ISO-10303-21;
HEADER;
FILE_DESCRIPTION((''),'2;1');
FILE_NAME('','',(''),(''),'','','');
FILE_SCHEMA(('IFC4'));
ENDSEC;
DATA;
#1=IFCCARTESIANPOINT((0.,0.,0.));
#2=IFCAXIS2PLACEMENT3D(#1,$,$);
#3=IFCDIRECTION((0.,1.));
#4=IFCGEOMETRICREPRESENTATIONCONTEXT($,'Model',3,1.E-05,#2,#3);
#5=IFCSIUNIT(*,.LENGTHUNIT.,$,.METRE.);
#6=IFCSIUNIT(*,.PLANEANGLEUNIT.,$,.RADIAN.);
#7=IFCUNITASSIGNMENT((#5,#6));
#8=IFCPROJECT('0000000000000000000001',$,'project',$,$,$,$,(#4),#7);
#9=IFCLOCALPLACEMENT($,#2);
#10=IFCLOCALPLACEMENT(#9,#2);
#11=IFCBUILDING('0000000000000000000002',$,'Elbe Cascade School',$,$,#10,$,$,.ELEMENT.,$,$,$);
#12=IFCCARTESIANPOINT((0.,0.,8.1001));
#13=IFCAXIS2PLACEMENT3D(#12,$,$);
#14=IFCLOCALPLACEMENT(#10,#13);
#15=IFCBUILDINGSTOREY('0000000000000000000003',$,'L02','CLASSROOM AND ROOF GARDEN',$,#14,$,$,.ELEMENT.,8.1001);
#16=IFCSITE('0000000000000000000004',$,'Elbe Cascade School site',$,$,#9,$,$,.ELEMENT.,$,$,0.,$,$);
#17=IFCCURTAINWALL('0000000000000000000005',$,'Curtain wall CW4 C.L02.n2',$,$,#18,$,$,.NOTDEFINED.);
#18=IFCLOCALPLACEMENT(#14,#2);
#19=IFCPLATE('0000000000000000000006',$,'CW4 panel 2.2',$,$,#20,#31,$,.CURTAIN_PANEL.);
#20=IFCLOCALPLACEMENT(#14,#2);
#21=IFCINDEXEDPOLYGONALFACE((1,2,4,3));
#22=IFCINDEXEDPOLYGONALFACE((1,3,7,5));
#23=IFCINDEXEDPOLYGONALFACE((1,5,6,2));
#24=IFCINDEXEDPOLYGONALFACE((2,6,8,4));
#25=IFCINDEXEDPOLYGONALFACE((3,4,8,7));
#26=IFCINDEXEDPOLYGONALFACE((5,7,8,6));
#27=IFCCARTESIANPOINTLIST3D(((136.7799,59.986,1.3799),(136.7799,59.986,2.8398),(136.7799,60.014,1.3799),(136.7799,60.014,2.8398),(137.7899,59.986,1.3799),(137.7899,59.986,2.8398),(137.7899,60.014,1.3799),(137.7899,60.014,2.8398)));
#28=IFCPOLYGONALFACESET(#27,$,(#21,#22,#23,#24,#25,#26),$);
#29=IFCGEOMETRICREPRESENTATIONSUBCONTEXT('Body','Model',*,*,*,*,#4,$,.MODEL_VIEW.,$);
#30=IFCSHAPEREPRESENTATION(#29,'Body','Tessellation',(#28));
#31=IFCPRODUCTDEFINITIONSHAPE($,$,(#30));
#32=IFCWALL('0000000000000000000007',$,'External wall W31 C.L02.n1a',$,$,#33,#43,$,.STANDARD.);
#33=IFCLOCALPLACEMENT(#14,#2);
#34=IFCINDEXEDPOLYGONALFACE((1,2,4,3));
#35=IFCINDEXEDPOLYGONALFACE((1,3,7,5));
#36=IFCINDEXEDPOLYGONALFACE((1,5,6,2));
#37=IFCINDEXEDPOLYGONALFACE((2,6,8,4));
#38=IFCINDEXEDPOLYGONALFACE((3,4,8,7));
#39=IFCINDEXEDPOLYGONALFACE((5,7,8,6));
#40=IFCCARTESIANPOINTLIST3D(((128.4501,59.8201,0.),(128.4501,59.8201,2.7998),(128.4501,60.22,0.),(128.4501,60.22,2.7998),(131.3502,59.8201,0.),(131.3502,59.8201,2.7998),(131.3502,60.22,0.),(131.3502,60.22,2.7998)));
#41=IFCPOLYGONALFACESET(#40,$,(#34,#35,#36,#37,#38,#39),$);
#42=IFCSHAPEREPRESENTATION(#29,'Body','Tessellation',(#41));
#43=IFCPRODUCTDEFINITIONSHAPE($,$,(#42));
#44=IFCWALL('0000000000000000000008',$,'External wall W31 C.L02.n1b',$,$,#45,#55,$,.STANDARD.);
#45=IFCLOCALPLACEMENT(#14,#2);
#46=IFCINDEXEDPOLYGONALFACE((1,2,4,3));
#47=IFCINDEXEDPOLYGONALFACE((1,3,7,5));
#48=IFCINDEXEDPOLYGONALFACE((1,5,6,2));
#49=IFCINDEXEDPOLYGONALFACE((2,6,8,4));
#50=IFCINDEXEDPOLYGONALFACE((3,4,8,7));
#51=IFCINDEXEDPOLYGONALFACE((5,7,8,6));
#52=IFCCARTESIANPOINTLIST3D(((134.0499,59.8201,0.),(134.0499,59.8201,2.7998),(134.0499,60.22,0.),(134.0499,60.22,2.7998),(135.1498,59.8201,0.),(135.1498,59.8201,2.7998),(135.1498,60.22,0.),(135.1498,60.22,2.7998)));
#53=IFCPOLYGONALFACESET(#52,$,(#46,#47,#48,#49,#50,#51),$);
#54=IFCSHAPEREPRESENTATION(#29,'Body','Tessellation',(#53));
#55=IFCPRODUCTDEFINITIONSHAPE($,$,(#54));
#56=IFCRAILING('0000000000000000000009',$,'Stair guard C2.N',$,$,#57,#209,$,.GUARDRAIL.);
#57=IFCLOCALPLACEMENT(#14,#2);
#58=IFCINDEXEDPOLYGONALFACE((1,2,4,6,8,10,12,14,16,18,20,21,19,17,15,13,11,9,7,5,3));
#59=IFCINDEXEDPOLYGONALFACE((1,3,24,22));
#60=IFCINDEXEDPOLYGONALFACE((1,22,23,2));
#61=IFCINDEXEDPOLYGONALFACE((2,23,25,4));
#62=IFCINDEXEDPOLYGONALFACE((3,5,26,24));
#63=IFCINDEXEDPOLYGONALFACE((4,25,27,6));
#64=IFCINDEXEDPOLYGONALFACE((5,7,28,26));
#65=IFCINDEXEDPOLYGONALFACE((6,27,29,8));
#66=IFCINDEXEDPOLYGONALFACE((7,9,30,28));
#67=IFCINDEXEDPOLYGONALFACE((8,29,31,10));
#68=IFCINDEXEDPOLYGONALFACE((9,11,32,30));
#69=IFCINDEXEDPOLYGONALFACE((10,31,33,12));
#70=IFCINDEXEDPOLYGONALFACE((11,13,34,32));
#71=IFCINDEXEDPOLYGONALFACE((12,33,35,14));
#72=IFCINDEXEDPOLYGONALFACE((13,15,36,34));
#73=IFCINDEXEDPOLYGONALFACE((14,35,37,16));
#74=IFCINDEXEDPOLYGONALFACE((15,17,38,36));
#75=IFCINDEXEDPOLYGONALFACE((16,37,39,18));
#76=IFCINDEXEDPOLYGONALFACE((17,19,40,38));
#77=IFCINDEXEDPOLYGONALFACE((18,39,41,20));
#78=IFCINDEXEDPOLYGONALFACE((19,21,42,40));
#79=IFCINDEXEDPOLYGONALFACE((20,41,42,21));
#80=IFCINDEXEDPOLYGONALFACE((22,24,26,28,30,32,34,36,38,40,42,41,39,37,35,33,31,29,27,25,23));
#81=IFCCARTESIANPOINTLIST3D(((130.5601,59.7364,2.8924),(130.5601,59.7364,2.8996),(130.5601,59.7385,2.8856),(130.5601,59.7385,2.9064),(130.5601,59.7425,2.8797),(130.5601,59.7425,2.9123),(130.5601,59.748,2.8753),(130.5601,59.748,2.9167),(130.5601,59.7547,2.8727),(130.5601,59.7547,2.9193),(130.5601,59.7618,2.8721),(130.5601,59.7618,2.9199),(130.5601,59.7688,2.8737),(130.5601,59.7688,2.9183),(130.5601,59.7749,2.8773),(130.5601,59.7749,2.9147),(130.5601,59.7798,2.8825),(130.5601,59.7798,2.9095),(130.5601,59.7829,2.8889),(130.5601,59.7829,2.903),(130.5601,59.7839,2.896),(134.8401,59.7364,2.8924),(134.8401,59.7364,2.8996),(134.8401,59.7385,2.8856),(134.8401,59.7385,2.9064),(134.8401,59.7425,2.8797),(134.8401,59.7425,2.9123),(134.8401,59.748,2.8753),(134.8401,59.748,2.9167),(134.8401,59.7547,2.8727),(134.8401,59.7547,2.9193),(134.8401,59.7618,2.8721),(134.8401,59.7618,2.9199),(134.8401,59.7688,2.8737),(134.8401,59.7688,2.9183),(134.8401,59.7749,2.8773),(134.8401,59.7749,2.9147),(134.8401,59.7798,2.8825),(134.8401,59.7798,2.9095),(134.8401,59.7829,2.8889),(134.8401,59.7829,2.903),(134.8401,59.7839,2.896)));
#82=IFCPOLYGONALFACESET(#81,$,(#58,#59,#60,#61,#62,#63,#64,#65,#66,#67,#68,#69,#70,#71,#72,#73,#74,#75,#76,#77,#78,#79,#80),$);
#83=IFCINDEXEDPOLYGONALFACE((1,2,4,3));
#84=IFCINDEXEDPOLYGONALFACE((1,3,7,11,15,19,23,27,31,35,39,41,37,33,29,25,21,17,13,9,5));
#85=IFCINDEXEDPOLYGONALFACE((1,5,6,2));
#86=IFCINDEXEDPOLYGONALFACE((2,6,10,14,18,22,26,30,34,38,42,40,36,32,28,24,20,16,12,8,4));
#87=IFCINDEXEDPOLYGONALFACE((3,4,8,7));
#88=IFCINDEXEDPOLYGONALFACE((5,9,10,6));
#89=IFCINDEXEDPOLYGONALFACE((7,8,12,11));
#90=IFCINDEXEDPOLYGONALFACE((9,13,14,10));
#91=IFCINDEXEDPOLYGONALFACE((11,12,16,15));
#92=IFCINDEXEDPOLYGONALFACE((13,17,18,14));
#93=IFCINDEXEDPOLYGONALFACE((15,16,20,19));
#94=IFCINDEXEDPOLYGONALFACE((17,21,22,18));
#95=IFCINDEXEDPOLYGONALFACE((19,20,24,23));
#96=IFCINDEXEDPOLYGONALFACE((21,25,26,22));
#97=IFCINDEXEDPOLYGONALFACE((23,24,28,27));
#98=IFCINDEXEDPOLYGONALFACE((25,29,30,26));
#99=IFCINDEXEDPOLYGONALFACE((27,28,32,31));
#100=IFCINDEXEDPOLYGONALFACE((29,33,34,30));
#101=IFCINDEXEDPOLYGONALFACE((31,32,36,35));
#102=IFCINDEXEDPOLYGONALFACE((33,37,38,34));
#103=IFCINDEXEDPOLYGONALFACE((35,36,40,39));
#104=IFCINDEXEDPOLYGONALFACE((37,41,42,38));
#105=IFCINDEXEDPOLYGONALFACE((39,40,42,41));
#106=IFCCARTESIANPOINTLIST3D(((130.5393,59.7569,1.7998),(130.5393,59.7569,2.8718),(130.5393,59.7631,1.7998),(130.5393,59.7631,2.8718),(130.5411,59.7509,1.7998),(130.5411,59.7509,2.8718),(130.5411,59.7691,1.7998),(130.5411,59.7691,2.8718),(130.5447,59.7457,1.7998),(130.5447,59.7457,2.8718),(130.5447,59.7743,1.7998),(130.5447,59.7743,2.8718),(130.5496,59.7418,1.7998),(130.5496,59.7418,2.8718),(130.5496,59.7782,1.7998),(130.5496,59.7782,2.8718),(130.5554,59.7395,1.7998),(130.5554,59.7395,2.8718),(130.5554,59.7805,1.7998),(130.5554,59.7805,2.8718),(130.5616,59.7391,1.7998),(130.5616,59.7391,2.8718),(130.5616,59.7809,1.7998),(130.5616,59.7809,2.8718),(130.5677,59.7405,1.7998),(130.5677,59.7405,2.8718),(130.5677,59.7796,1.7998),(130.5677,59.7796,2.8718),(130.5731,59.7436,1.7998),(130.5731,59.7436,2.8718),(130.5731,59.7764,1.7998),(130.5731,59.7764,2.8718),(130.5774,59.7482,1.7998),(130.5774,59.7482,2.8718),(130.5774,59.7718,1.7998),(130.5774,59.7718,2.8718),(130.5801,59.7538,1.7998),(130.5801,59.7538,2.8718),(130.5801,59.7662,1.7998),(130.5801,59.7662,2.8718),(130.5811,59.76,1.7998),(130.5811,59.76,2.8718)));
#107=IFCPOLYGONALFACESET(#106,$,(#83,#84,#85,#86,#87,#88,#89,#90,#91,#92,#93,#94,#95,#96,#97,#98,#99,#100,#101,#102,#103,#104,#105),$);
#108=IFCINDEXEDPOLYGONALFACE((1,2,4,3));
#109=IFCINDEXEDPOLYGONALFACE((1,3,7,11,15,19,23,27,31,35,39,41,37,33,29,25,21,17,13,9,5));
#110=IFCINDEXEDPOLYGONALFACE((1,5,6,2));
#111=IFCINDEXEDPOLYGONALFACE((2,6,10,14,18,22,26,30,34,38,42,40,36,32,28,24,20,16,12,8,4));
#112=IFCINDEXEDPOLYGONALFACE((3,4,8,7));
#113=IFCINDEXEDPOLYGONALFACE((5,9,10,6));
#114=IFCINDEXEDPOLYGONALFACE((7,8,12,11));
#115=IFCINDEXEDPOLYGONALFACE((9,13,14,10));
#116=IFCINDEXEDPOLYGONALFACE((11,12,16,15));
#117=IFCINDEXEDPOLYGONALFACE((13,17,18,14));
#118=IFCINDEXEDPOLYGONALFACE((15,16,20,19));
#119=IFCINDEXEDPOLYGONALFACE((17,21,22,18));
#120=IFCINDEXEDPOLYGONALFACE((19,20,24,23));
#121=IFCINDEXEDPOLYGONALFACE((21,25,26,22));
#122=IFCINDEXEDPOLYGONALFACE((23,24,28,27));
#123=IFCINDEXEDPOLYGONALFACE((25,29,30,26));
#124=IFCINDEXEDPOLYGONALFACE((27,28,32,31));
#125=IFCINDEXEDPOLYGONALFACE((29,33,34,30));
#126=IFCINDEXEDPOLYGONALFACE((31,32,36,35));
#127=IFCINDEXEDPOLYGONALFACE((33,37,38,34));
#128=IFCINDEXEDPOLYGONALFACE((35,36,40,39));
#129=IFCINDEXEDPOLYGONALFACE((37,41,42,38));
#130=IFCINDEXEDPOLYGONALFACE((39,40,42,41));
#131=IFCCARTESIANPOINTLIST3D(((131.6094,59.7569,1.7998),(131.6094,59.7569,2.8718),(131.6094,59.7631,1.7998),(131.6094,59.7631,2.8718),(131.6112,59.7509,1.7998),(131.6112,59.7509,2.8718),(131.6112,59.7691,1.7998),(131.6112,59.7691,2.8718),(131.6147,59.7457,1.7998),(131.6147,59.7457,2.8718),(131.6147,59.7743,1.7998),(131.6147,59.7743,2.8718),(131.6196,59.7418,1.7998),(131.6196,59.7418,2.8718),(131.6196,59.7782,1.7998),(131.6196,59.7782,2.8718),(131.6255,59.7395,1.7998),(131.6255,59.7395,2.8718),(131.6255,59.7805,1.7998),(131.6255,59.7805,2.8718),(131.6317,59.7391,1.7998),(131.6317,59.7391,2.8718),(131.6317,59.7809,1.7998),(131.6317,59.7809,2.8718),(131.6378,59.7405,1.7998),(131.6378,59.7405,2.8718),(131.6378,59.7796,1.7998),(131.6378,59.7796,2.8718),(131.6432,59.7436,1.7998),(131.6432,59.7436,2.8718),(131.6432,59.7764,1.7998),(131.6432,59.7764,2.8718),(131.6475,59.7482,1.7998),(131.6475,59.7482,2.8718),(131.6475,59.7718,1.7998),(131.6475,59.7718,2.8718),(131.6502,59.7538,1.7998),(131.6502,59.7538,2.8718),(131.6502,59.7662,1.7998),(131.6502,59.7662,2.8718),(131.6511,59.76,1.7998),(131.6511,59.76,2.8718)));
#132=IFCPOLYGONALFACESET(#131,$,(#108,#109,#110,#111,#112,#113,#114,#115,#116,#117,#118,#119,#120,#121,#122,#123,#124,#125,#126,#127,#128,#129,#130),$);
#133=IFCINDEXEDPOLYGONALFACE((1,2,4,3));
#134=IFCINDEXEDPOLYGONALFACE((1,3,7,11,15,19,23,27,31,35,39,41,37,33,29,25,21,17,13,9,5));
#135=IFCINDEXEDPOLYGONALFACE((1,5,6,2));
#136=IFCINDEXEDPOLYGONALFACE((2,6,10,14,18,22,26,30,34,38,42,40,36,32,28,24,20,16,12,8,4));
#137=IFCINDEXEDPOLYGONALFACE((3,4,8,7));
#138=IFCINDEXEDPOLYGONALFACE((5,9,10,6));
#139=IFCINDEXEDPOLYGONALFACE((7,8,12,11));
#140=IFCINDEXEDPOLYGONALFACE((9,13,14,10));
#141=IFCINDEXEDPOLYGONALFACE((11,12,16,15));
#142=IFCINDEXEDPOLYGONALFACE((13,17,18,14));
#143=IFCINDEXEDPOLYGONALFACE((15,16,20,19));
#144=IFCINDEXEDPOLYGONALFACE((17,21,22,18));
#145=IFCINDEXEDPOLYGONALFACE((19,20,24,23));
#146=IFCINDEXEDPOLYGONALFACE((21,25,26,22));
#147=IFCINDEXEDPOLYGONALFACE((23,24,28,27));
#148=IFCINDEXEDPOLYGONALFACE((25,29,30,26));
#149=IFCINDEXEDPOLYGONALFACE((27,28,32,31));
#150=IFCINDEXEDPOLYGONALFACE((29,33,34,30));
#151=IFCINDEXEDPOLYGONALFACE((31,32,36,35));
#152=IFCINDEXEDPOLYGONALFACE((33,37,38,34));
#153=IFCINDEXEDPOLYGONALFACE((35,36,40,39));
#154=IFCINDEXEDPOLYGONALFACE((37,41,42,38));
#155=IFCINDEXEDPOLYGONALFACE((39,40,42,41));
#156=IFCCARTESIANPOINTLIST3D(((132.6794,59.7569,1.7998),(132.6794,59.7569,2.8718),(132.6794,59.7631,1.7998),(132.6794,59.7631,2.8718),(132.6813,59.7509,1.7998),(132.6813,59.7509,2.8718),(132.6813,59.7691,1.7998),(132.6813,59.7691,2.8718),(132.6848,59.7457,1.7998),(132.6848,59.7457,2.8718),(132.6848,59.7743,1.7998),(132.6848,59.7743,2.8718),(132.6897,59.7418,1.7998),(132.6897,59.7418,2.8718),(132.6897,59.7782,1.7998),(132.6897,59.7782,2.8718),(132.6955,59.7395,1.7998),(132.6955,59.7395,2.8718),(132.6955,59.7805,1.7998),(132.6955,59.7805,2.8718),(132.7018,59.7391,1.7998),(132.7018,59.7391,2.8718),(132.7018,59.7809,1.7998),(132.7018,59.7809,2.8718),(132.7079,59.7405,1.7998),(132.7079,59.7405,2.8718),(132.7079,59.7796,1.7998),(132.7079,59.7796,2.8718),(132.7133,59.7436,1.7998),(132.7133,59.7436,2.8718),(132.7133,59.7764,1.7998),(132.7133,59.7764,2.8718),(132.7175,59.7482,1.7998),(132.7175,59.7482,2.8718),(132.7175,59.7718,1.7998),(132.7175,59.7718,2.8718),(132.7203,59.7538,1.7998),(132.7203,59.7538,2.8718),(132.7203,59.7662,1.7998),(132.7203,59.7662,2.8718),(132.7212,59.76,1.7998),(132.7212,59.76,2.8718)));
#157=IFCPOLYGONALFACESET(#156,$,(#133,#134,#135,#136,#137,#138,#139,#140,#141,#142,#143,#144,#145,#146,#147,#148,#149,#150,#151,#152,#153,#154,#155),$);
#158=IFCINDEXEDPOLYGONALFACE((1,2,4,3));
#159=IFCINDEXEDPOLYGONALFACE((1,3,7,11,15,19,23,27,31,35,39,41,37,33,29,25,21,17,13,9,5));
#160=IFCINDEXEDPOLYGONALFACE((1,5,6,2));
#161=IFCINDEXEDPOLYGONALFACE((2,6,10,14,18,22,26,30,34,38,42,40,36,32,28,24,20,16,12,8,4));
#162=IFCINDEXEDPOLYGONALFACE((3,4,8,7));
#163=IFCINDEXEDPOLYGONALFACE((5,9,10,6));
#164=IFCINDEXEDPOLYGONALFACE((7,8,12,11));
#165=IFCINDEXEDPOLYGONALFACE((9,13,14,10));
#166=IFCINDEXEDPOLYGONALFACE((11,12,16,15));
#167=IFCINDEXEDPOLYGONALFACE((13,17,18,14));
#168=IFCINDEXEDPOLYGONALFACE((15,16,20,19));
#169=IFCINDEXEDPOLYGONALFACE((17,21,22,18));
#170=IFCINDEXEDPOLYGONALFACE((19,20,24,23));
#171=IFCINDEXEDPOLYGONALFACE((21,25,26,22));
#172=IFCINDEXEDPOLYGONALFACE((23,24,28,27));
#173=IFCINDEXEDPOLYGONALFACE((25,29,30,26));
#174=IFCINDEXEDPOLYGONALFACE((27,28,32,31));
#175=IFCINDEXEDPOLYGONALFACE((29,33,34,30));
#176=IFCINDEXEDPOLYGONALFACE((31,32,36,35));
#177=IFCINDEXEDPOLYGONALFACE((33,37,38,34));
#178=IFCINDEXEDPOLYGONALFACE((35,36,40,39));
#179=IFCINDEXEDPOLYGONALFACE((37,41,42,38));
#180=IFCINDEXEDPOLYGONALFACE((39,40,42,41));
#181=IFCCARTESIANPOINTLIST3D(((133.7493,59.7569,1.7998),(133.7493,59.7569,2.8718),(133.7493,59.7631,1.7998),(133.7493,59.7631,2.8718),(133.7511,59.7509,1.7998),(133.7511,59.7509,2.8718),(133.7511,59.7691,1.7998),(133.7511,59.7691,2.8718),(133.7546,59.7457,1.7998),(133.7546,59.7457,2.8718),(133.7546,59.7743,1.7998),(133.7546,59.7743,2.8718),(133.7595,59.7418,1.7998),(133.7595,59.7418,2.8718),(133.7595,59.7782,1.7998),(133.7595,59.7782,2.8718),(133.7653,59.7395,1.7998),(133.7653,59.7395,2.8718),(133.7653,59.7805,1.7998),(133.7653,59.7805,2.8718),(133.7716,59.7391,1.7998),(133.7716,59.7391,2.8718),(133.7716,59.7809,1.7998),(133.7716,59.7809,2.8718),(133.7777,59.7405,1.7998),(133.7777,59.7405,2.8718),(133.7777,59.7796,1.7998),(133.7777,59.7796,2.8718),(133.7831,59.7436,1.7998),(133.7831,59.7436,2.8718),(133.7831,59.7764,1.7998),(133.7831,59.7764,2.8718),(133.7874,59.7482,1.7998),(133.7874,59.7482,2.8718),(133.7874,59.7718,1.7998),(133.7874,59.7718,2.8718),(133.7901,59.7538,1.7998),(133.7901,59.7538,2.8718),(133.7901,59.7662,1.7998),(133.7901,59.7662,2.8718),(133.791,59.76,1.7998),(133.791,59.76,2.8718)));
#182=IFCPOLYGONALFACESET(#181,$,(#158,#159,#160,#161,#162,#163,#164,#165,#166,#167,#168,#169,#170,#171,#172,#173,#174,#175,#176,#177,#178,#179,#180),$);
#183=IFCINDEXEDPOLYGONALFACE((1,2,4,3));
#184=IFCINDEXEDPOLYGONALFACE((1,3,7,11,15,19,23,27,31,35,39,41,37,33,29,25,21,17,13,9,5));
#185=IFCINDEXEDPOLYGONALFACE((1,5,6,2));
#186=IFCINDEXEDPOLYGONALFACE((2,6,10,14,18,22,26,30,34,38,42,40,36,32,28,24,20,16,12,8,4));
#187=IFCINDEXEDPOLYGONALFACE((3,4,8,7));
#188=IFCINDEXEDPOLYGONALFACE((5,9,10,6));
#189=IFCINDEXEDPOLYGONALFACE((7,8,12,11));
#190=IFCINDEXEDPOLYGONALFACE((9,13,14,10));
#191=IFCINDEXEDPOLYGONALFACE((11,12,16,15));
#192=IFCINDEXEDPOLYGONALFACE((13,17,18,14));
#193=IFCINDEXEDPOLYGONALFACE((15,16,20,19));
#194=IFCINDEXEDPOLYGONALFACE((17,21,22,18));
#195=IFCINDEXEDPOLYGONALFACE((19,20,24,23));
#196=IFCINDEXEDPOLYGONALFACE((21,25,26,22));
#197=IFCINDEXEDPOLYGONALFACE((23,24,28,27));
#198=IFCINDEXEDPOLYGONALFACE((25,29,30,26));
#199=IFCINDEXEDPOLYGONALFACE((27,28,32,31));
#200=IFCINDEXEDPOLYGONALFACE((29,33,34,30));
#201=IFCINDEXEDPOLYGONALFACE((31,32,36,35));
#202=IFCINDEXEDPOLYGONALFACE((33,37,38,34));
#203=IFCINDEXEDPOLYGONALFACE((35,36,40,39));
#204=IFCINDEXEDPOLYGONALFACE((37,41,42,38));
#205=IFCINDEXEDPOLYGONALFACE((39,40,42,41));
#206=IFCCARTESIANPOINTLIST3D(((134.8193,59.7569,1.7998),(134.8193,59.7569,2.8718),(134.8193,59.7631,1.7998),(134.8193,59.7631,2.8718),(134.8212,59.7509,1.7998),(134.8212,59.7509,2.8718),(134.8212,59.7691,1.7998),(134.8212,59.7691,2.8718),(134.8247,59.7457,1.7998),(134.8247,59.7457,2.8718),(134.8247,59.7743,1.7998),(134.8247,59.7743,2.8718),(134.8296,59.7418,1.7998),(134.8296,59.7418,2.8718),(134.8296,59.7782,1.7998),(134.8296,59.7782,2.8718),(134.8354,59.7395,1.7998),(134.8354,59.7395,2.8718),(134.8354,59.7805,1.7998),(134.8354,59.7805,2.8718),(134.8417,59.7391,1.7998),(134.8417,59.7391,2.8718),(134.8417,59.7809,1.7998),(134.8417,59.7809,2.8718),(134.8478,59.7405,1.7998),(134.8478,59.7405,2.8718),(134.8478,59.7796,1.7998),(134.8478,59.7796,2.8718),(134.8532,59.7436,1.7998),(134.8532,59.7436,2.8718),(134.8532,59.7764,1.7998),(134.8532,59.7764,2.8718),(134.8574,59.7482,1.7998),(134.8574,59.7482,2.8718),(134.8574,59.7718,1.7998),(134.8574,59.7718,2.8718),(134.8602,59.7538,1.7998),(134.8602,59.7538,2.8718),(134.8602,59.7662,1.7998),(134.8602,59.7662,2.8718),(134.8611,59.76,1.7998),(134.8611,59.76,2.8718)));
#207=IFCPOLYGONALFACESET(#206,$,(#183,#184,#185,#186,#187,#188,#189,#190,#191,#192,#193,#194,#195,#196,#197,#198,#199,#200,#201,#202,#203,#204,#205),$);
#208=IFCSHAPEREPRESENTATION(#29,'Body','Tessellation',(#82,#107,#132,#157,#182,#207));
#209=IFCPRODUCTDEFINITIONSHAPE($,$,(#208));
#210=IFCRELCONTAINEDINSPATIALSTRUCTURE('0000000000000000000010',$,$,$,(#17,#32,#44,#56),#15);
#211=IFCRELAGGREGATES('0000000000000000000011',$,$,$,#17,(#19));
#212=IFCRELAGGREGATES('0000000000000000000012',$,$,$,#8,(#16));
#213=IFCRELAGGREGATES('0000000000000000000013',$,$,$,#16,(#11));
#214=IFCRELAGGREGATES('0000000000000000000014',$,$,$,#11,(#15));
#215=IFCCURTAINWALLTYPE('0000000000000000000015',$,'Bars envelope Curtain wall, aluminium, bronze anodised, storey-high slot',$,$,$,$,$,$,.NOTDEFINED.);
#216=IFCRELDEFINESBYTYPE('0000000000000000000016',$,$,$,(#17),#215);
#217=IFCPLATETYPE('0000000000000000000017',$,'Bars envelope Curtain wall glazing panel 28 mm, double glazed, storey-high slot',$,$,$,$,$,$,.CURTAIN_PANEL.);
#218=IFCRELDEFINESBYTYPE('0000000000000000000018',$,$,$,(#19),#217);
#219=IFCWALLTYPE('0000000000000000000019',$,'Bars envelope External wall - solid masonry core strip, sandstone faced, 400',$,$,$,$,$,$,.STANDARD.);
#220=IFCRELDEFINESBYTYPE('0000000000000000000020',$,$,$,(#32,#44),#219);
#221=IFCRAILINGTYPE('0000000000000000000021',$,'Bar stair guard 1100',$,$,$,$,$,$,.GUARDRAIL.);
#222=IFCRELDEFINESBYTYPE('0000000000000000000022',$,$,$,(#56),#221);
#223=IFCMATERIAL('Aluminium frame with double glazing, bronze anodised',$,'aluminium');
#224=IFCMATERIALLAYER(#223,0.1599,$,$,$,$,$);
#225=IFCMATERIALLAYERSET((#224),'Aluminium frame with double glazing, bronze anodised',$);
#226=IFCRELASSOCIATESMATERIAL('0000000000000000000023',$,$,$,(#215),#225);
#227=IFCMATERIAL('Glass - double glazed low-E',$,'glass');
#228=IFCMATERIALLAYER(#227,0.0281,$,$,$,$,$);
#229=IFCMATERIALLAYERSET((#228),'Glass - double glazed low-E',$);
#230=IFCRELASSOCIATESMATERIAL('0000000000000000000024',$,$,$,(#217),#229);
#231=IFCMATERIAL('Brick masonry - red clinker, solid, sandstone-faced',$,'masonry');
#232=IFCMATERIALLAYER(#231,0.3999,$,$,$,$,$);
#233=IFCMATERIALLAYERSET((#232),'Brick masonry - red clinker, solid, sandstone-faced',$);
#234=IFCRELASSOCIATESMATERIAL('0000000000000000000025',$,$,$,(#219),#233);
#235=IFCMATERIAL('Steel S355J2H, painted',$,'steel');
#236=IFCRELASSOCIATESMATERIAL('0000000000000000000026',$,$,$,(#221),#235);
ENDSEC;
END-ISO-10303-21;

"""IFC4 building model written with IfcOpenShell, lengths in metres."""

from ifc_helpers import new_model, si_unit, direction, frame, frame_2d, origin, origin_2d, place, context, subcontext, project, spatial, rectangle, circle, extrude, material, layer, layer_set, type_object, element, aggregate, save


model = new_model("IFC4")

# Units and contexts
model_context = context("Model", 3, precision=1e-05, world=origin(), true_north=direction((0.0, 1.0)))
body_context = subcontext(model_context, "Body", "Model", "MODEL_VIEW")
ifc_project = project(units=[si_unit("LENGTHUNIT", "METRE"), si_unit("PLANEANGLEUNIT", "RADIAN")], contexts=[model_context])

# Site, building, storey
site_placement = place(None, origin())
site = spatial("IfcSite", under=ifc_project, at=site_placement, Name="Elbe Cascade School site", CompositionType="ELEMENT", RefElevation=0.0)
building_placement = place(site_placement, origin())
building = spatial("IfcBuilding", under=site, at=building_placement, Name="Elbe Cascade School", CompositionType="ELEMENT")
storey_placement = place(building_placement, frame((0.0, 0.0, 8.1001)))
storey = spatial("IfcBuildingStorey", under=building, at=storey_placement, Name="L02", Description="CLASSROOM AND ROOF GARDEN", CompositionType="ELEMENT", Elevation=8.1001)

# Curtain wall
ifc_material_1 = material(Name="Aluminium frame with double glazing, bronze anodised", Category="aluminium")
ifc_layer_1 = layer(ifc_material_1, 0.1599)
ifc_layer_set_1 = layer_set([ifc_layer_1], Name="Aluminium frame with double glazing, bronze anodised")
curtain_wall_type = type_object("IfcCurtainWallType", Name="Bars envelope Curtain wall, aluminium, bronze anodised, storey-high slot", PredefinedType="NOTDEFINED", material=ifc_layer_set_1)
curtain_wall_1_placement = place(storey_placement, origin())
curtain_wall_1 = element("IfcCurtainWall", 1, at=curtain_wall_1_placement, inside=storey, type_object=curtain_wall_type, Name="Curtain wall CW4 C.L02.n2", PredefinedType="NOTDEFINED")

# Plate
ifc_material_2 = material(Name="Glass - double glazed low-E", Category="glass")
ifc_layer_2 = layer(ifc_material_2, 0.0281)
ifc_layer_set_2 = layer_set([ifc_layer_2], Name="Glass - double glazed low-E")
plate_type = type_object("IfcPlateType", Name="Bars envelope Curtain wall glazing panel 28 mm, double glazed, storey-high slot", PredefinedType="CURTAIN_PANEL", material=ifc_layer_set_2)
plate_1_placement = place(storey_placement, frame((137.2849, 60.0, 1.3799), z_axis=(0.0, 0.0, 1.0), x_axis=(1.0, 0.0, 0.0)))
plate_1 = element("IfcPlate", 2, at=plate_1_placement, type_object=plate_type, Name="CW4 panel 2.2", PredefinedType="CURTAIN_PANEL", context=body_context, shape_type="SweptSolid", body=[
    extrude(rectangle(XDim=1.01, YDim=0.0281, at=origin_2d()), origin(), (0.0, 0.0, 1.0), 1.46),
])
aggregate(curtain_wall_1, [plate_1])

# Walls
ifc_material_3 = material(Name="Brick masonry - red clinker, solid, sandstone-faced", Category="masonry")
ifc_layer_3 = layer(ifc_material_3, 0.3999)
ifc_layer_set_3 = layer_set([ifc_layer_3], Name="Brick masonry - red clinker, solid, sandstone-faced")
wall_type = type_object("IfcWallType", Name="Bars envelope External wall - solid masonry core strip, sandstone faced, 400", PredefinedType="STANDARD", material=ifc_layer_set_3)
wall_1_placement = place(storey_placement, frame((128.45, 60.02, 0.0), z_axis=(0.0, 0.0, 1.0), x_axis=(1.0, 0.0, 0.0)))
element("IfcWall", 3, at=wall_1_placement, inside=storey, type_object=wall_type, Name="External wall W31 C.L02.n1a", PredefinedType="STANDARD", context=body_context, shape_type="SweptSolid", body=[
    extrude(rectangle(XDim=2.9001, YDim=0.3999, at=frame_2d((1.4502, 0.0))), origin(), (0.0, 0.0, 1.0), 2.7998),
])
wall_2_placement = place(storey_placement, frame((134.05, 60.02, 0.0), z_axis=(0.0, 0.0, 1.0), x_axis=(1.0, 0.0, 0.0)))
element("IfcWall", 4, at=wall_2_placement, inside=storey, type_object=wall_type, Name="External wall W31 C.L02.n1b", PredefinedType="STANDARD", context=body_context, shape_type="SweptSolid", body=[
    extrude(rectangle(XDim=1.0999, YDim=0.3999, at=frame_2d((0.5498, 0.0))), origin(), (0.0, 0.0, 1.0), 2.7998),
])

# Railing
ifc_material_4 = material(Name="Steel S355J2H, painted", Category="steel")
railing_type = type_object("IfcRailingType", Name="Bar stair guard 1100", PredefinedType="GUARDRAIL", material=ifc_material_4)
railing_placement = place(storey_placement, frame((130.5601, 59.76, 1.7998)))
element("IfcRailing", 5, at=railing_placement, inside=storey, type_object=railing_type, Name="Stair guard C2.N", PredefinedType="GUARDRAIL", context=body_context, shape_type="SweptSolid", body=[
    extrude(circle(Radius=0.0239, at=origin_2d()), frame((0.0, 0.0, 1.0962), z_axis=(1.0, 0.0, 0.0), x_axis=(0.0, 1.0, 0.0)), (0.0, 0.0, 1.0), 4.28),
    extrude(circle(Radius=0.021, at=origin_2d()), origin(), (0.0, 0.0, 1.0), 1.072),
    extrude(circle(Radius=0.021, at=origin_2d()), frame((1.0701, 0.0, 0.0)), (0.0, 0.0, 1.0), 1.072),
    extrude(circle(Radius=0.021, at=origin_2d()), frame((2.1401, 0.0, 0.0)), (0.0, 0.0, 1.0), 1.072),
    extrude(circle(Radius=0.021, at=origin_2d()), frame((3.21, 0.0, 0.0)), (0.0, 0.0, 1.0), 1.072),
    extrude(circle(Radius=0.021, at=origin_2d()), frame((4.28, 0.0, 0.0)), (0.0, 0.0, 1.0), 1.072),
])

save(model, "model.ifc")
